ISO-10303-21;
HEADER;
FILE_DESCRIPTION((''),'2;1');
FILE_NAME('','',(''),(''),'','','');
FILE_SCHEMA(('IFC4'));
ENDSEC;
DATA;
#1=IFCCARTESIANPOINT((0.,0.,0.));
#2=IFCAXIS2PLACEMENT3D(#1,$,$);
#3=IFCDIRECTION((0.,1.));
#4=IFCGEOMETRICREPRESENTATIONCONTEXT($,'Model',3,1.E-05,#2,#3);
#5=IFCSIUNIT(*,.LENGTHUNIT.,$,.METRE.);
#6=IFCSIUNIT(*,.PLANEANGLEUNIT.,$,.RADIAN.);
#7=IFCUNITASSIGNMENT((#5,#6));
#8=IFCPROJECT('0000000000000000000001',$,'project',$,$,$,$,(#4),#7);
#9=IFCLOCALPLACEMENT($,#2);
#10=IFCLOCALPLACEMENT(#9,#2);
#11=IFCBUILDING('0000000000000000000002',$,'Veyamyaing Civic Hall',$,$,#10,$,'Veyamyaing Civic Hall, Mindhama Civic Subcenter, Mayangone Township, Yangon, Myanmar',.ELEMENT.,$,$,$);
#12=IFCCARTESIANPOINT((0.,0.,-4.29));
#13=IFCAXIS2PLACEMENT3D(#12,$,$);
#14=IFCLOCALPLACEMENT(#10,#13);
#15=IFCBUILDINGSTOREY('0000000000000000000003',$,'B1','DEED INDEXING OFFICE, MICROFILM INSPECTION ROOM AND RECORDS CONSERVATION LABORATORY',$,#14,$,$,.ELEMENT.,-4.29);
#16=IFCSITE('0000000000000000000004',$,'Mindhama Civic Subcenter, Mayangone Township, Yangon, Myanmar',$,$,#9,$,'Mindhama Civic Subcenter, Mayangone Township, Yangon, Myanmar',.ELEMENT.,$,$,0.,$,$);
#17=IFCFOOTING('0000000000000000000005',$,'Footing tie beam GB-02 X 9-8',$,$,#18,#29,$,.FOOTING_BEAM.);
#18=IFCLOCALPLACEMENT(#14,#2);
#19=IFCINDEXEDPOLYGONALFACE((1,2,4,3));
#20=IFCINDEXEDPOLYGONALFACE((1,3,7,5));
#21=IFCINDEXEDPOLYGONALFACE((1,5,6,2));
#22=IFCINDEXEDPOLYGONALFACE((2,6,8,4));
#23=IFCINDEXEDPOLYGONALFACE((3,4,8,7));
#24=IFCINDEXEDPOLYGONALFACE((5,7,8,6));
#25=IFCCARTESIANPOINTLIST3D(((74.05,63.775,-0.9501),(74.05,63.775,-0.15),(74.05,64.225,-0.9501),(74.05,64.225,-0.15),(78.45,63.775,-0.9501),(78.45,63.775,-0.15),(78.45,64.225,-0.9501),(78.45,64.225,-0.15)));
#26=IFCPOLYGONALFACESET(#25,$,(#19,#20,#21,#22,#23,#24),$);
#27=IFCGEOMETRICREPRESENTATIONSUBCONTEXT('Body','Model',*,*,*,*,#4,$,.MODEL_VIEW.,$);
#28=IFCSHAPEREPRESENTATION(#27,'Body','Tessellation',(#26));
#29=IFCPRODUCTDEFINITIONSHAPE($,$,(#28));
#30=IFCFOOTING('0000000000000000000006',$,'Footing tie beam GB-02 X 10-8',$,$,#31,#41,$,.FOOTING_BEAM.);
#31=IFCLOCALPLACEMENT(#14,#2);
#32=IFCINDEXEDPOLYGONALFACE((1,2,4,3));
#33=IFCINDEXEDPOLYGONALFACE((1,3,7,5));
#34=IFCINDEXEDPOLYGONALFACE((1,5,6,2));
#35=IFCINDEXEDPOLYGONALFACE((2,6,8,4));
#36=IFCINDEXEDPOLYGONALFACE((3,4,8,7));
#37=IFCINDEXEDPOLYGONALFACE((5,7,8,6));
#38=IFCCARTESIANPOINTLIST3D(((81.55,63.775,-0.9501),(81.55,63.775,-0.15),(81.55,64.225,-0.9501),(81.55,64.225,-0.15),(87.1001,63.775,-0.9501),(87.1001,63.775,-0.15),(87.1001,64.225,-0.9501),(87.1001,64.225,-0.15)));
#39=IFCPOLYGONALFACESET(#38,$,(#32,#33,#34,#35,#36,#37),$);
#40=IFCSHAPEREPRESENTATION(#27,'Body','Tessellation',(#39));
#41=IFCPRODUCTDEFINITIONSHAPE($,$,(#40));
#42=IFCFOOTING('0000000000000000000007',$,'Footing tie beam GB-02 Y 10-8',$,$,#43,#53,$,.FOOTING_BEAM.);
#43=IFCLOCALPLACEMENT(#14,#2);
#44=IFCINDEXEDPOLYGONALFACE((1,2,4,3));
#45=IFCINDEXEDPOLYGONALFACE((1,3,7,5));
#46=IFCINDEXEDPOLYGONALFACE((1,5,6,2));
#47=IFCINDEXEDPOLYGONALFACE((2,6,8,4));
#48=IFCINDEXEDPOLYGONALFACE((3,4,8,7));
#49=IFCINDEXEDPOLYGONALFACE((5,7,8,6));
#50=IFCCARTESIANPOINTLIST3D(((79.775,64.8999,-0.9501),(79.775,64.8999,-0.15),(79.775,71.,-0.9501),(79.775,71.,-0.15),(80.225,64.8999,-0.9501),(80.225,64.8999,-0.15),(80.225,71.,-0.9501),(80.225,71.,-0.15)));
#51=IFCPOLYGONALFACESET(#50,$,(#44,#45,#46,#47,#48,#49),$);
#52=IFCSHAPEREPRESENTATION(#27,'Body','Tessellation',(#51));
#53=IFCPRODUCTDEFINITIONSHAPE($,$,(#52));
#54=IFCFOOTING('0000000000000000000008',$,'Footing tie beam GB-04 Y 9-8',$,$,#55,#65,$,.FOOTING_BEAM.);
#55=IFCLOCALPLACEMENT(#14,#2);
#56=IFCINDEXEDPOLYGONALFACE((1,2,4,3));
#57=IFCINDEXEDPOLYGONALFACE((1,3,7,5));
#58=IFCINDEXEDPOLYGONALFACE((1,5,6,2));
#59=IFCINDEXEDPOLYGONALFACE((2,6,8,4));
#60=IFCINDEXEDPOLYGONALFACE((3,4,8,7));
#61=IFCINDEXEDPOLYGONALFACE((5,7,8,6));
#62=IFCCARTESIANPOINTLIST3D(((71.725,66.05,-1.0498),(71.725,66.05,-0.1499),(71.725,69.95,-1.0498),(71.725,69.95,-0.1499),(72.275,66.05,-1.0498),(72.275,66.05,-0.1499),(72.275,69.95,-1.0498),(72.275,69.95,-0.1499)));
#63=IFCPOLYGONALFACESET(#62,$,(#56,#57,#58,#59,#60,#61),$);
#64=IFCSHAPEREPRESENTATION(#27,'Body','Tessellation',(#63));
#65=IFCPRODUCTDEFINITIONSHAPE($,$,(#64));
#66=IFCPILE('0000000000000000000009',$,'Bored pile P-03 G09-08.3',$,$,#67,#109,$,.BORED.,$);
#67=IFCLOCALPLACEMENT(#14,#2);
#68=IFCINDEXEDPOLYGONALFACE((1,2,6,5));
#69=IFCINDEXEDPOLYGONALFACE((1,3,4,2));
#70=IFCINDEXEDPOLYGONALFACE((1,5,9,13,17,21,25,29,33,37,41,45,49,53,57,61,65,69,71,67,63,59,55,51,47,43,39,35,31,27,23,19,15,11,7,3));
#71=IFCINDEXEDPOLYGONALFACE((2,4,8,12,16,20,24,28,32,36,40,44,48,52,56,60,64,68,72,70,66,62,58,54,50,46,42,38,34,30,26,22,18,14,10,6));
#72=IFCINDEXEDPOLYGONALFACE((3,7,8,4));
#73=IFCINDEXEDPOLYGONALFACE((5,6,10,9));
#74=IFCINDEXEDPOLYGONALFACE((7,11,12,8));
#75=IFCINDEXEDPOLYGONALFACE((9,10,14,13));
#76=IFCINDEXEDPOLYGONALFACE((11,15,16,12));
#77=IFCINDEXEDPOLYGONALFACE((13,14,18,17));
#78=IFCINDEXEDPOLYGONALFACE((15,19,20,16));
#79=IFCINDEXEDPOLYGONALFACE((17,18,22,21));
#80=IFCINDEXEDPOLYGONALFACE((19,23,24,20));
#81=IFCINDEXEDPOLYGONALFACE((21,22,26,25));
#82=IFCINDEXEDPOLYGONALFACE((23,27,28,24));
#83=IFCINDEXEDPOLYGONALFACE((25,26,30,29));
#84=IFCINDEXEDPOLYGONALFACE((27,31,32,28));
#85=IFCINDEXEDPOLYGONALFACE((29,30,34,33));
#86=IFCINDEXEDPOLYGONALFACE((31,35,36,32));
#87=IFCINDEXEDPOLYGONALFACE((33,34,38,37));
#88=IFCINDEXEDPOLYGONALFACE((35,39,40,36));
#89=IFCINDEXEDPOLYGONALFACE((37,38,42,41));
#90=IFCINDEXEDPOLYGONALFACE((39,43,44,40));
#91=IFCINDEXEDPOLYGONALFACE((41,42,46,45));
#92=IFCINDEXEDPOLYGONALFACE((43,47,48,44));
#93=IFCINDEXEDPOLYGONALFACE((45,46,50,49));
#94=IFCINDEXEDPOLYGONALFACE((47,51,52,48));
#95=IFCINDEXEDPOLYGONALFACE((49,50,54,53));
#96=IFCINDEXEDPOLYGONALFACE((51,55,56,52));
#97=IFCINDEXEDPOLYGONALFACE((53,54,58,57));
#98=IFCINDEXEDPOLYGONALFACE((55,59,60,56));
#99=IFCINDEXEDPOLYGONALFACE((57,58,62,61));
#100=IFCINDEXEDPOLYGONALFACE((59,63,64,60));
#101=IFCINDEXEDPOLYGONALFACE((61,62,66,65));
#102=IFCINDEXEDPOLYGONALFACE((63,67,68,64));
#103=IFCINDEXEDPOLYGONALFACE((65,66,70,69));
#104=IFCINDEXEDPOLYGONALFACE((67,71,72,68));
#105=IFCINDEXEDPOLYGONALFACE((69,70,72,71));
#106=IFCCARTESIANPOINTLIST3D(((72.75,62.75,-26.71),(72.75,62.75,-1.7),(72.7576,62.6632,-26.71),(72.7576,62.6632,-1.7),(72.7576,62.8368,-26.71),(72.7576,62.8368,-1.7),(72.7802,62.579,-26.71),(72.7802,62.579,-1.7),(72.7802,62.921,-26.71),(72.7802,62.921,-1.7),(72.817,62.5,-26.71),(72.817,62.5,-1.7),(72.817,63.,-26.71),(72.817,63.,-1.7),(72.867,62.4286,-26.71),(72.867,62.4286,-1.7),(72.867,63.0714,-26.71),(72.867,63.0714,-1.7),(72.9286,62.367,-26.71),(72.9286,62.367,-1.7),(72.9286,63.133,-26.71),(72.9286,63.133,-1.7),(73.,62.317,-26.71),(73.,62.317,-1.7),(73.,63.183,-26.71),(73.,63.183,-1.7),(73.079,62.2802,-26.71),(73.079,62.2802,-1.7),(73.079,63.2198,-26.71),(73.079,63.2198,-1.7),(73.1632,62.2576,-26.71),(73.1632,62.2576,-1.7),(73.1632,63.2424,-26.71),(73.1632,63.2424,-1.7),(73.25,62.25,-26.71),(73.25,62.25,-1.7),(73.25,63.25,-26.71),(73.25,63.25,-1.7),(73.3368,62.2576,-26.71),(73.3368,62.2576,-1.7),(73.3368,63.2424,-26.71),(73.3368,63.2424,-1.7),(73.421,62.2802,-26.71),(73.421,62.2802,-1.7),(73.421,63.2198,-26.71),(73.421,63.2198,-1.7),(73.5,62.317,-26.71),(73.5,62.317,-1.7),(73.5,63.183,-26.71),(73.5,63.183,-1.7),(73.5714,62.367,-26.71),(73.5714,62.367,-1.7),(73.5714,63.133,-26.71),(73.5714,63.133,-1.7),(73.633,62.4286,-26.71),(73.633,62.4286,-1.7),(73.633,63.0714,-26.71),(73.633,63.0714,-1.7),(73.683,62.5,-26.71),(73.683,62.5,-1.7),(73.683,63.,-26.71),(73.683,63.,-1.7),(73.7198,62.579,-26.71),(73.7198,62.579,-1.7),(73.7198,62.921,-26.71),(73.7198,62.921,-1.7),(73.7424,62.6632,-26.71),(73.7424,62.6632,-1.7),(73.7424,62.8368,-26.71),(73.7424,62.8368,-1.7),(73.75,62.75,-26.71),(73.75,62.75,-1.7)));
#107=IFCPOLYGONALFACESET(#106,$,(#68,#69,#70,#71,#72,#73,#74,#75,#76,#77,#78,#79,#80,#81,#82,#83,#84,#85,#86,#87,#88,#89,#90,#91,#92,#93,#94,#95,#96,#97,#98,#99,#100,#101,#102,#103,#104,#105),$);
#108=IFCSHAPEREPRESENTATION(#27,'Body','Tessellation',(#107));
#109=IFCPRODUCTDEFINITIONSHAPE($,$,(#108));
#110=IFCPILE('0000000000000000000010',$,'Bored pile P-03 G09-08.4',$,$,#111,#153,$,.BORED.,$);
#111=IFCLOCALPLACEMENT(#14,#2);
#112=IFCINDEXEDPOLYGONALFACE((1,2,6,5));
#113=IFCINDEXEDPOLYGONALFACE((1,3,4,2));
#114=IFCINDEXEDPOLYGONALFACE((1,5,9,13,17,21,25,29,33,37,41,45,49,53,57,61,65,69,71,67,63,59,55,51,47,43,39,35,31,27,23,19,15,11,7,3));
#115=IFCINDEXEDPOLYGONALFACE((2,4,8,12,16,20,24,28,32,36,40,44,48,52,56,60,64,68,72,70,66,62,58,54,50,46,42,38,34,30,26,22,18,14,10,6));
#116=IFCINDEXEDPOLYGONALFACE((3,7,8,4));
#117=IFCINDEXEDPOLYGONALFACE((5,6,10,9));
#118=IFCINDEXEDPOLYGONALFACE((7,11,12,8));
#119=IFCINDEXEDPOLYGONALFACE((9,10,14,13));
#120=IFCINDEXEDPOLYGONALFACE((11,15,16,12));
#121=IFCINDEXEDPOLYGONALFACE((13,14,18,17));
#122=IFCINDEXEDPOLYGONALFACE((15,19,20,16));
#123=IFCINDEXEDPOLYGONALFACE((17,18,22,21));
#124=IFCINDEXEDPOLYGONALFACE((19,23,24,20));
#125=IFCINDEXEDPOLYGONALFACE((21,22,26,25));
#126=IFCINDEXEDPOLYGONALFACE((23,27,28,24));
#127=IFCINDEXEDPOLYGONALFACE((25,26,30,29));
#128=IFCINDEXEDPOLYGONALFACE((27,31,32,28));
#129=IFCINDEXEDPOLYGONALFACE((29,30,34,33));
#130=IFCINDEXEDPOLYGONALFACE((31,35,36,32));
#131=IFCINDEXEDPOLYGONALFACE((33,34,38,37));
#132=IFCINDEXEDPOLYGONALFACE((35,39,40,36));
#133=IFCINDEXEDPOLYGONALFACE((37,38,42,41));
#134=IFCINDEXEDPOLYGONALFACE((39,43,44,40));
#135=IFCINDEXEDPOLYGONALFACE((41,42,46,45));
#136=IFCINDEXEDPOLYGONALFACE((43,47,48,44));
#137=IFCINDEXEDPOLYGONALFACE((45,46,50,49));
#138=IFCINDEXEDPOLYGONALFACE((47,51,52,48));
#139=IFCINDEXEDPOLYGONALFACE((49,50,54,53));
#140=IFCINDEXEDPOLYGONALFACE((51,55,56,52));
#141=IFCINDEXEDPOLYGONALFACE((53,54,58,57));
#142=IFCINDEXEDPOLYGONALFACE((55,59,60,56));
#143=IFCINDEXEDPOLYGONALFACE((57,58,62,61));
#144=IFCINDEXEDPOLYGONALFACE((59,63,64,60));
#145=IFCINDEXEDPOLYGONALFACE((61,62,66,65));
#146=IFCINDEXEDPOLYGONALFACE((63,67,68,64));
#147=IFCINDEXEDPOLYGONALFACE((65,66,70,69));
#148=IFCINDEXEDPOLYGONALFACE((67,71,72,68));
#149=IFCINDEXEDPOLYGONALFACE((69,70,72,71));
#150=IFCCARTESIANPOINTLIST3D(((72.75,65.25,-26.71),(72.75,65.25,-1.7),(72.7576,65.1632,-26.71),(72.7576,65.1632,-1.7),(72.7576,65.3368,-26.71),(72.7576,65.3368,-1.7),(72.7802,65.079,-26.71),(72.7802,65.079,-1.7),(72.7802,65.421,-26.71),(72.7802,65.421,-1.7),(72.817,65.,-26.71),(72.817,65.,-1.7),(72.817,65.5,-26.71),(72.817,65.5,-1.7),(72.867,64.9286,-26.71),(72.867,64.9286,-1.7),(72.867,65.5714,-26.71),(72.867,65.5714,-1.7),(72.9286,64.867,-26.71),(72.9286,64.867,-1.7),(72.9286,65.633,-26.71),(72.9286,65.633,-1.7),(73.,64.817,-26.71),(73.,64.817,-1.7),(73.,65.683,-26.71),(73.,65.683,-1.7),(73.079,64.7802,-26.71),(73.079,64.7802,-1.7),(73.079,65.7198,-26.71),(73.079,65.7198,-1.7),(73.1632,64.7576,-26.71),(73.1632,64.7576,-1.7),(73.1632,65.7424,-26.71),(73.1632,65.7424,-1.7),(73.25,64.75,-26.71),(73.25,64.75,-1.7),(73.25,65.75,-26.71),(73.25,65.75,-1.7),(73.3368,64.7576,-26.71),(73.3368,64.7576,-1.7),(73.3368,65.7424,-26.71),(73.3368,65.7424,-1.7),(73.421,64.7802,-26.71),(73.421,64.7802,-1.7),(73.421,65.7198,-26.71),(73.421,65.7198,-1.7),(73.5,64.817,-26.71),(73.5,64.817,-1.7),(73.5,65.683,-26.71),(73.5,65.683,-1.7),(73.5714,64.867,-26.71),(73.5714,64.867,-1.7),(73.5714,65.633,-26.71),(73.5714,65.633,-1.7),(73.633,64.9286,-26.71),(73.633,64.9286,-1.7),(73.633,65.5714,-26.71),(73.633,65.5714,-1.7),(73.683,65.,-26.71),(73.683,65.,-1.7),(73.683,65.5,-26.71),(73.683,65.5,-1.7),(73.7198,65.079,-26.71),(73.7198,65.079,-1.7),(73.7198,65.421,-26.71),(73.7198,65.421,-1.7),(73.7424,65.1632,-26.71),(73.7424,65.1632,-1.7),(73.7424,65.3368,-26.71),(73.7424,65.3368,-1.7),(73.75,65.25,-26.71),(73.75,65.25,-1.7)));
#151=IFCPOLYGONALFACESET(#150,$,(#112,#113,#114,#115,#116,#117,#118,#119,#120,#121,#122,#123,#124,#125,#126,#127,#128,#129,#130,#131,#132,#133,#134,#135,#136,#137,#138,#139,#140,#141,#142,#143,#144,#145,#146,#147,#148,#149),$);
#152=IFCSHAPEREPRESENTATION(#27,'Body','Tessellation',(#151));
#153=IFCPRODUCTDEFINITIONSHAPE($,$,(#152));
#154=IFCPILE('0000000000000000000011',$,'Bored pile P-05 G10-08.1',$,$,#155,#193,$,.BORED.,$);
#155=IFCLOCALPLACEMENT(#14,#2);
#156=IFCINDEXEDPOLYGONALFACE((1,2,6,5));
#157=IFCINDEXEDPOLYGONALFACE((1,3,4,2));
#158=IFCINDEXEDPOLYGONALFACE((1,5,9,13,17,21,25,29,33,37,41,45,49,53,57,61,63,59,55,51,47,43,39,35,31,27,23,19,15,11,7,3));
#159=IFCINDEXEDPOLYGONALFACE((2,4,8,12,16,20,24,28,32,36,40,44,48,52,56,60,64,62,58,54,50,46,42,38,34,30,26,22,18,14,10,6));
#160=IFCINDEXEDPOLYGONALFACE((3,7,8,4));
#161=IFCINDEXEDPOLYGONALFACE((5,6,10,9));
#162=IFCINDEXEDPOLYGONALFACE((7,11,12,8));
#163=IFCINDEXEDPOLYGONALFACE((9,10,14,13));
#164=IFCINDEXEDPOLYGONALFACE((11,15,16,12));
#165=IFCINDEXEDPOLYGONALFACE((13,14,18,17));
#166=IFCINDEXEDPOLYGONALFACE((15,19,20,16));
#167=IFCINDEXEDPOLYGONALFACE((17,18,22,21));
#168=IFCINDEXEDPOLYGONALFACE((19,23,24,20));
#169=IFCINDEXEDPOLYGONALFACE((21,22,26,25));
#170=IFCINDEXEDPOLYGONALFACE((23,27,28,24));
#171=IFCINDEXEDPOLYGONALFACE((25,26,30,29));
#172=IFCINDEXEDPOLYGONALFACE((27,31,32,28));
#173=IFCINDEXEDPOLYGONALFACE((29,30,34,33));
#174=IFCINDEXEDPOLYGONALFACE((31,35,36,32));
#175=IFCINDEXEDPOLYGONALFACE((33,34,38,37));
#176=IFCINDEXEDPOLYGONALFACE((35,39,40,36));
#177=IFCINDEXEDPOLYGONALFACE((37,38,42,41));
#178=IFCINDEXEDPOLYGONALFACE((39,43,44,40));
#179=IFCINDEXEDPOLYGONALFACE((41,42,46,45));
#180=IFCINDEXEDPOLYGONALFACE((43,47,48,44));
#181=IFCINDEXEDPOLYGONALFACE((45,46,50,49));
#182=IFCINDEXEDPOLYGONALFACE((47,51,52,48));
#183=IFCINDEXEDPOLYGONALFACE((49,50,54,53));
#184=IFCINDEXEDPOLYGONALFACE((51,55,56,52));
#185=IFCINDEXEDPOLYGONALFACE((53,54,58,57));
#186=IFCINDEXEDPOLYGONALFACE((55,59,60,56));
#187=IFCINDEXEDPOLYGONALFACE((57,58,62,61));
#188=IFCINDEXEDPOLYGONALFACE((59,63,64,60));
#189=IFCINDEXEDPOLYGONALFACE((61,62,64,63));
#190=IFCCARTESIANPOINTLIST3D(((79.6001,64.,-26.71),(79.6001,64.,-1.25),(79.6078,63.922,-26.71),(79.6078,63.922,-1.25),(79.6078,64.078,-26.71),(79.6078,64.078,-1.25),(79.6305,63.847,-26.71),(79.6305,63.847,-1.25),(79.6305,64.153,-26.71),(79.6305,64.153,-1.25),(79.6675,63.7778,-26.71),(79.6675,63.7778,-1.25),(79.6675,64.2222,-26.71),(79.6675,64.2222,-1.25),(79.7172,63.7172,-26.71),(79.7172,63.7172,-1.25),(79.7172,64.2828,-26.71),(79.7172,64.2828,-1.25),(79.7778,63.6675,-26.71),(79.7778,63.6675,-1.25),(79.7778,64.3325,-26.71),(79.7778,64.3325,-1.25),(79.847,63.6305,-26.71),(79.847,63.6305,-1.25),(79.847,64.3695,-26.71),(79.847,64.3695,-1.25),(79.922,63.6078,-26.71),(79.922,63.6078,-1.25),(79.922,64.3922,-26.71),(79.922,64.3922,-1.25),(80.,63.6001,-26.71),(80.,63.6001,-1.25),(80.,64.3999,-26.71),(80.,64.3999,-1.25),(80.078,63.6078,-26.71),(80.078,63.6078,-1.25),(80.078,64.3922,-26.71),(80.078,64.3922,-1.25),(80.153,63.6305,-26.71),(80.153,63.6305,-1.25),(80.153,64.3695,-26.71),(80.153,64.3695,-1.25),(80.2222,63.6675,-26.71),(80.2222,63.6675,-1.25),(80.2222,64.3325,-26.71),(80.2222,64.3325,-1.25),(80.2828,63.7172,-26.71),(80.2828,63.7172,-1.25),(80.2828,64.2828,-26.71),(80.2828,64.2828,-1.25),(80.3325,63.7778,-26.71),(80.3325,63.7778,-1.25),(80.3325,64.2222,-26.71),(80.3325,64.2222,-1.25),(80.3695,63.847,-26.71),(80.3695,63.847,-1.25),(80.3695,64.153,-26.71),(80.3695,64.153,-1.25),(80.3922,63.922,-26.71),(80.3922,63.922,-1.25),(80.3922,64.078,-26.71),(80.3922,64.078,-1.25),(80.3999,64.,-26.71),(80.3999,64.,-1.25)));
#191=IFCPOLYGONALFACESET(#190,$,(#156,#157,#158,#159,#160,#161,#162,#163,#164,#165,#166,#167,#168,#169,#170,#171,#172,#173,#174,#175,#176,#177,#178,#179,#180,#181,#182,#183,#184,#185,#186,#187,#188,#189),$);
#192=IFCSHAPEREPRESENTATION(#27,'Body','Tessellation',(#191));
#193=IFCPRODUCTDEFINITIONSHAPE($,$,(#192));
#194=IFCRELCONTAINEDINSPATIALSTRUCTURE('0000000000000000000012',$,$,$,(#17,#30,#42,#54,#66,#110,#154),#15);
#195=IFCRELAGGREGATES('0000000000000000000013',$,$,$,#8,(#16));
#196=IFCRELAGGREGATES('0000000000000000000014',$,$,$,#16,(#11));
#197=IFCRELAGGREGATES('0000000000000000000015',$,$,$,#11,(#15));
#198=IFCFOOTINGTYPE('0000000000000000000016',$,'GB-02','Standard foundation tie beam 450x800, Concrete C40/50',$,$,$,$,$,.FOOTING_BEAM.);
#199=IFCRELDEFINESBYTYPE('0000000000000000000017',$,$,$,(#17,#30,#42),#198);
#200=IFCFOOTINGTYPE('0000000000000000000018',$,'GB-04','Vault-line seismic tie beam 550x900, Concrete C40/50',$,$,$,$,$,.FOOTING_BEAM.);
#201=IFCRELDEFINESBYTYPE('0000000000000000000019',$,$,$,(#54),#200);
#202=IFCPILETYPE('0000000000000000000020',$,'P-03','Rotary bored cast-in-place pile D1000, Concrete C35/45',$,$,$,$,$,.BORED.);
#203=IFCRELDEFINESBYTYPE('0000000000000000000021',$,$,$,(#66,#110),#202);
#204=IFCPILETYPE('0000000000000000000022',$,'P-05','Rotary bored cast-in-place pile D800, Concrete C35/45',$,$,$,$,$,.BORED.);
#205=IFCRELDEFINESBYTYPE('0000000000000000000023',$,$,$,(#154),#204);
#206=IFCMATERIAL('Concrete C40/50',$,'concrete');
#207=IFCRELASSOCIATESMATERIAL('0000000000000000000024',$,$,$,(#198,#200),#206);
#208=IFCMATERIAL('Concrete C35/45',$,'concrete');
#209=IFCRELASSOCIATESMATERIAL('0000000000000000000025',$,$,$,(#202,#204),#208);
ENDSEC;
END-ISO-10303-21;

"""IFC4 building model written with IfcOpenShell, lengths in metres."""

from ifc_helpers import new_model, si_unit, direction, frame, origin, origin_2d, place, context, subcontext, project, spatial, rectangle, circle, extrude, material, material_profile, profile_set, type_object, element, save


model = new_model("IFC4")

# Units and contexts
model_context = context("Model", 3, precision=1e-05, world=origin(), true_north=direction((0.0, 1.0)))
body_context = subcontext(model_context, "Body", "Model", "MODEL_VIEW")
ifc_project = project(units=[si_unit("LENGTHUNIT", "METRE"), si_unit("PLANEANGLEUNIT", "RADIAN")], contexts=[model_context])

# Site, building, storey
site_placement = place(None, origin())
site = spatial("IfcSite", under=ifc_project, at=site_placement, Name="Mindhama Civic Subcenter, Mayangone Township, Yangon, Myanmar", LongName="Mindhama Civic Subcenter, Mayangone Township, Yangon, Myanmar", CompositionType="ELEMENT", RefElevation=0.0)
building_placement = place(site_placement, origin())
building = spatial("IfcBuilding", under=site, at=building_placement, Name="Veyamyaing Civic Hall", LongName="Veyamyaing Civic Hall, Mindhama Civic Subcenter, Mayangone Township, Yangon, Myanmar", CompositionType="ELEMENT")
storey_placement = place(building_placement, frame((0.0, 0.0, -4.29)))
storey = spatial("IfcBuildingStorey", under=building, at=storey_placement, Name="B1", Description="DEED INDEXING OFFICE, MICROFILM INSPECTION ROOM AND RECORDS CONSERVATION LABORATORY", CompositionType="ELEMENT", Elevation=-4.29)

# Footings
ifc_material_1 = material(Name="Concrete C40/50", Category="concrete")
ifc_material_profile_1 = material_profile(ifc_material_1, rectangle(XDim=0.45, YDim=0.8, at=origin_2d()), Name="GB-450X800")
ifc_profile_set_1 = profile_set([ifc_material_profile_1], Name="Concrete C40/50")
footing_type_1 = type_object("IfcFootingType", Name="GB-02", Description="Standard foundation tie beam 450x800, Concrete C40/50", PredefinedType="FOOTING_BEAM", material=ifc_profile_set_1)
footing_1_placement = place(storey_placement, frame((74.05, 64.0, -0.55), z_axis=(1.0, 0.0, 0.0), x_axis=(0.0, 1.0, 0.0)))
element("IfcFooting", 1, at=footing_1_placement, inside=storey, type_object=footing_type_1, Name="Footing tie beam GB-02 X 9-8", PredefinedType="FOOTING_BEAM", context=body_context, shape_type="SweptSolid", body=[
    extrude(rectangle(XDim=0.45, YDim=0.8, at=origin_2d()), origin(), (0.0, 0.0, 1.0), 4.3999),
])
footing_2_placement = place(storey_placement, frame((81.55, 64.0, -0.55), z_axis=(1.0, 0.0, 0.0), x_axis=(0.0, 1.0, 0.0)))
element("IfcFooting", 2, at=footing_2_placement, inside=storey, type_object=footing_type_1, Name="Footing tie beam GB-02 X 10-8", PredefinedType="FOOTING_BEAM", context=body_context, shape_type="SweptSolid", body=[
    extrude(rectangle(XDim=0.45, YDim=0.8, at=origin_2d()), origin(), (0.0, 0.0, 1.0), 5.55),
])
footing_3_placement = place(storey_placement, frame((80.0, 64.8999, -0.55), z_axis=(0.0, 1.0, 0.0), x_axis=(-1.0, 0.0, 0.0)))
element("IfcFooting", 3, at=footing_3_placement, inside=storey, type_object=footing_type_1, Name="Footing tie beam GB-02 Y 10-8", PredefinedType="FOOTING_BEAM", context=body_context, shape_type="SweptSolid", body=[
    extrude(rectangle(XDim=0.45, YDim=0.8, at=origin_2d()), origin(), (0.0, 0.0, 1.0), 6.1001),
])
ifc_material_profile_2 = material_profile(ifc_material_1, rectangle(XDim=0.55, YDim=0.8999, at=origin_2d()), Name="GB-550X900")
ifc_profile_set_2 = profile_set([ifc_material_profile_2], Name="Concrete C40/50")
footing_type_2 = type_object("IfcFootingType", Name="GB-04", Description="Vault-line seismic tie beam 550x900, Concrete C40/50", PredefinedType="FOOTING_BEAM", material=ifc_profile_set_2)
footing_4_placement = place(storey_placement, frame((72.0, 66.05, -0.5999), z_axis=(0.0, 1.0, 0.0), x_axis=(-1.0, 0.0, 0.0)))
element("IfcFooting", 4, at=footing_4_placement, inside=storey, type_object=footing_type_2, Name="Footing tie beam GB-04 Y 9-8", PredefinedType="FOOTING_BEAM", context=body_context, shape_type="SweptSolid", body=[
    extrude(rectangle(XDim=0.55, YDim=0.8999, at=origin_2d()), origin(), (0.0, 0.0, 1.0), 3.8999),
])

# Piles
ifc_material_2 = material(Name="Concrete C35/45", Category="concrete")
ifc_material_profile_3 = material_profile(ifc_material_2, circle(Radius=0.5, at=origin_2d()), Name="PILE-D1000")
ifc_profile_set_3 = profile_set([ifc_material_profile_3], Name="Concrete C35/45")
pile_type_1 = type_object("IfcPileType", Name="P-03", Description="Rotary bored cast-in-place pile D1000, Concrete C35/45", PredefinedType="BORED", material=ifc_profile_set_3)
for number, where, z_axis, x_axis, name in (
    (5, (73.25, 62.75, -1.7), (0.0, 0.0, -1.0), (1.0, 0.0, 0.0), "Bored pile P-03 G09-08.3"),
    (6, (73.25, 65.25, -1.7), (0.0, 0.0, -1.0), (1.0, 0.0, 0.0), "Bored pile P-03 G09-08.4"),
):
    element("IfcPile", number, at=place(storey_placement, frame(where, z_axis=z_axis, x_axis=x_axis)), inside=storey, type_object=pile_type_1, Name=name, PredefinedType="BORED", context=body_context, shape_type="SweptSolid", body=[
        extrude(circle(Radius=0.5, at=origin_2d()), origin(), (0.0, 0.0, 1.0), 25.01),
    ])
ifc_material_profile_4 = material_profile(ifc_material_2, circle(Radius=0.3999, at=origin_2d()), Name="PILE-D800")
ifc_profile_set_4 = profile_set([ifc_material_profile_4], Name="Concrete C35/45")
pile_type_2 = type_object("IfcPileType", Name="P-05", Description="Rotary bored cast-in-place pile D800, Concrete C35/45", PredefinedType="BORED", material=ifc_profile_set_4)
pile_placement = place(storey_placement, frame((80.0, 64.0, -1.25), z_axis=(0.0, 0.0, -1.0), x_axis=(1.0, 0.0, 0.0)))
element("IfcPile", 7, at=pile_placement, inside=storey, type_object=pile_type_2, Name="Bored pile P-05 G10-08.1", PredefinedType="BORED", context=body_context, shape_type="SweptSolid", body=[
    extrude(circle(Radius=0.3999, at=origin_2d()), origin(), (0.0, 0.0, 1.0), 25.46),
])

save(model, "model.ifc")
